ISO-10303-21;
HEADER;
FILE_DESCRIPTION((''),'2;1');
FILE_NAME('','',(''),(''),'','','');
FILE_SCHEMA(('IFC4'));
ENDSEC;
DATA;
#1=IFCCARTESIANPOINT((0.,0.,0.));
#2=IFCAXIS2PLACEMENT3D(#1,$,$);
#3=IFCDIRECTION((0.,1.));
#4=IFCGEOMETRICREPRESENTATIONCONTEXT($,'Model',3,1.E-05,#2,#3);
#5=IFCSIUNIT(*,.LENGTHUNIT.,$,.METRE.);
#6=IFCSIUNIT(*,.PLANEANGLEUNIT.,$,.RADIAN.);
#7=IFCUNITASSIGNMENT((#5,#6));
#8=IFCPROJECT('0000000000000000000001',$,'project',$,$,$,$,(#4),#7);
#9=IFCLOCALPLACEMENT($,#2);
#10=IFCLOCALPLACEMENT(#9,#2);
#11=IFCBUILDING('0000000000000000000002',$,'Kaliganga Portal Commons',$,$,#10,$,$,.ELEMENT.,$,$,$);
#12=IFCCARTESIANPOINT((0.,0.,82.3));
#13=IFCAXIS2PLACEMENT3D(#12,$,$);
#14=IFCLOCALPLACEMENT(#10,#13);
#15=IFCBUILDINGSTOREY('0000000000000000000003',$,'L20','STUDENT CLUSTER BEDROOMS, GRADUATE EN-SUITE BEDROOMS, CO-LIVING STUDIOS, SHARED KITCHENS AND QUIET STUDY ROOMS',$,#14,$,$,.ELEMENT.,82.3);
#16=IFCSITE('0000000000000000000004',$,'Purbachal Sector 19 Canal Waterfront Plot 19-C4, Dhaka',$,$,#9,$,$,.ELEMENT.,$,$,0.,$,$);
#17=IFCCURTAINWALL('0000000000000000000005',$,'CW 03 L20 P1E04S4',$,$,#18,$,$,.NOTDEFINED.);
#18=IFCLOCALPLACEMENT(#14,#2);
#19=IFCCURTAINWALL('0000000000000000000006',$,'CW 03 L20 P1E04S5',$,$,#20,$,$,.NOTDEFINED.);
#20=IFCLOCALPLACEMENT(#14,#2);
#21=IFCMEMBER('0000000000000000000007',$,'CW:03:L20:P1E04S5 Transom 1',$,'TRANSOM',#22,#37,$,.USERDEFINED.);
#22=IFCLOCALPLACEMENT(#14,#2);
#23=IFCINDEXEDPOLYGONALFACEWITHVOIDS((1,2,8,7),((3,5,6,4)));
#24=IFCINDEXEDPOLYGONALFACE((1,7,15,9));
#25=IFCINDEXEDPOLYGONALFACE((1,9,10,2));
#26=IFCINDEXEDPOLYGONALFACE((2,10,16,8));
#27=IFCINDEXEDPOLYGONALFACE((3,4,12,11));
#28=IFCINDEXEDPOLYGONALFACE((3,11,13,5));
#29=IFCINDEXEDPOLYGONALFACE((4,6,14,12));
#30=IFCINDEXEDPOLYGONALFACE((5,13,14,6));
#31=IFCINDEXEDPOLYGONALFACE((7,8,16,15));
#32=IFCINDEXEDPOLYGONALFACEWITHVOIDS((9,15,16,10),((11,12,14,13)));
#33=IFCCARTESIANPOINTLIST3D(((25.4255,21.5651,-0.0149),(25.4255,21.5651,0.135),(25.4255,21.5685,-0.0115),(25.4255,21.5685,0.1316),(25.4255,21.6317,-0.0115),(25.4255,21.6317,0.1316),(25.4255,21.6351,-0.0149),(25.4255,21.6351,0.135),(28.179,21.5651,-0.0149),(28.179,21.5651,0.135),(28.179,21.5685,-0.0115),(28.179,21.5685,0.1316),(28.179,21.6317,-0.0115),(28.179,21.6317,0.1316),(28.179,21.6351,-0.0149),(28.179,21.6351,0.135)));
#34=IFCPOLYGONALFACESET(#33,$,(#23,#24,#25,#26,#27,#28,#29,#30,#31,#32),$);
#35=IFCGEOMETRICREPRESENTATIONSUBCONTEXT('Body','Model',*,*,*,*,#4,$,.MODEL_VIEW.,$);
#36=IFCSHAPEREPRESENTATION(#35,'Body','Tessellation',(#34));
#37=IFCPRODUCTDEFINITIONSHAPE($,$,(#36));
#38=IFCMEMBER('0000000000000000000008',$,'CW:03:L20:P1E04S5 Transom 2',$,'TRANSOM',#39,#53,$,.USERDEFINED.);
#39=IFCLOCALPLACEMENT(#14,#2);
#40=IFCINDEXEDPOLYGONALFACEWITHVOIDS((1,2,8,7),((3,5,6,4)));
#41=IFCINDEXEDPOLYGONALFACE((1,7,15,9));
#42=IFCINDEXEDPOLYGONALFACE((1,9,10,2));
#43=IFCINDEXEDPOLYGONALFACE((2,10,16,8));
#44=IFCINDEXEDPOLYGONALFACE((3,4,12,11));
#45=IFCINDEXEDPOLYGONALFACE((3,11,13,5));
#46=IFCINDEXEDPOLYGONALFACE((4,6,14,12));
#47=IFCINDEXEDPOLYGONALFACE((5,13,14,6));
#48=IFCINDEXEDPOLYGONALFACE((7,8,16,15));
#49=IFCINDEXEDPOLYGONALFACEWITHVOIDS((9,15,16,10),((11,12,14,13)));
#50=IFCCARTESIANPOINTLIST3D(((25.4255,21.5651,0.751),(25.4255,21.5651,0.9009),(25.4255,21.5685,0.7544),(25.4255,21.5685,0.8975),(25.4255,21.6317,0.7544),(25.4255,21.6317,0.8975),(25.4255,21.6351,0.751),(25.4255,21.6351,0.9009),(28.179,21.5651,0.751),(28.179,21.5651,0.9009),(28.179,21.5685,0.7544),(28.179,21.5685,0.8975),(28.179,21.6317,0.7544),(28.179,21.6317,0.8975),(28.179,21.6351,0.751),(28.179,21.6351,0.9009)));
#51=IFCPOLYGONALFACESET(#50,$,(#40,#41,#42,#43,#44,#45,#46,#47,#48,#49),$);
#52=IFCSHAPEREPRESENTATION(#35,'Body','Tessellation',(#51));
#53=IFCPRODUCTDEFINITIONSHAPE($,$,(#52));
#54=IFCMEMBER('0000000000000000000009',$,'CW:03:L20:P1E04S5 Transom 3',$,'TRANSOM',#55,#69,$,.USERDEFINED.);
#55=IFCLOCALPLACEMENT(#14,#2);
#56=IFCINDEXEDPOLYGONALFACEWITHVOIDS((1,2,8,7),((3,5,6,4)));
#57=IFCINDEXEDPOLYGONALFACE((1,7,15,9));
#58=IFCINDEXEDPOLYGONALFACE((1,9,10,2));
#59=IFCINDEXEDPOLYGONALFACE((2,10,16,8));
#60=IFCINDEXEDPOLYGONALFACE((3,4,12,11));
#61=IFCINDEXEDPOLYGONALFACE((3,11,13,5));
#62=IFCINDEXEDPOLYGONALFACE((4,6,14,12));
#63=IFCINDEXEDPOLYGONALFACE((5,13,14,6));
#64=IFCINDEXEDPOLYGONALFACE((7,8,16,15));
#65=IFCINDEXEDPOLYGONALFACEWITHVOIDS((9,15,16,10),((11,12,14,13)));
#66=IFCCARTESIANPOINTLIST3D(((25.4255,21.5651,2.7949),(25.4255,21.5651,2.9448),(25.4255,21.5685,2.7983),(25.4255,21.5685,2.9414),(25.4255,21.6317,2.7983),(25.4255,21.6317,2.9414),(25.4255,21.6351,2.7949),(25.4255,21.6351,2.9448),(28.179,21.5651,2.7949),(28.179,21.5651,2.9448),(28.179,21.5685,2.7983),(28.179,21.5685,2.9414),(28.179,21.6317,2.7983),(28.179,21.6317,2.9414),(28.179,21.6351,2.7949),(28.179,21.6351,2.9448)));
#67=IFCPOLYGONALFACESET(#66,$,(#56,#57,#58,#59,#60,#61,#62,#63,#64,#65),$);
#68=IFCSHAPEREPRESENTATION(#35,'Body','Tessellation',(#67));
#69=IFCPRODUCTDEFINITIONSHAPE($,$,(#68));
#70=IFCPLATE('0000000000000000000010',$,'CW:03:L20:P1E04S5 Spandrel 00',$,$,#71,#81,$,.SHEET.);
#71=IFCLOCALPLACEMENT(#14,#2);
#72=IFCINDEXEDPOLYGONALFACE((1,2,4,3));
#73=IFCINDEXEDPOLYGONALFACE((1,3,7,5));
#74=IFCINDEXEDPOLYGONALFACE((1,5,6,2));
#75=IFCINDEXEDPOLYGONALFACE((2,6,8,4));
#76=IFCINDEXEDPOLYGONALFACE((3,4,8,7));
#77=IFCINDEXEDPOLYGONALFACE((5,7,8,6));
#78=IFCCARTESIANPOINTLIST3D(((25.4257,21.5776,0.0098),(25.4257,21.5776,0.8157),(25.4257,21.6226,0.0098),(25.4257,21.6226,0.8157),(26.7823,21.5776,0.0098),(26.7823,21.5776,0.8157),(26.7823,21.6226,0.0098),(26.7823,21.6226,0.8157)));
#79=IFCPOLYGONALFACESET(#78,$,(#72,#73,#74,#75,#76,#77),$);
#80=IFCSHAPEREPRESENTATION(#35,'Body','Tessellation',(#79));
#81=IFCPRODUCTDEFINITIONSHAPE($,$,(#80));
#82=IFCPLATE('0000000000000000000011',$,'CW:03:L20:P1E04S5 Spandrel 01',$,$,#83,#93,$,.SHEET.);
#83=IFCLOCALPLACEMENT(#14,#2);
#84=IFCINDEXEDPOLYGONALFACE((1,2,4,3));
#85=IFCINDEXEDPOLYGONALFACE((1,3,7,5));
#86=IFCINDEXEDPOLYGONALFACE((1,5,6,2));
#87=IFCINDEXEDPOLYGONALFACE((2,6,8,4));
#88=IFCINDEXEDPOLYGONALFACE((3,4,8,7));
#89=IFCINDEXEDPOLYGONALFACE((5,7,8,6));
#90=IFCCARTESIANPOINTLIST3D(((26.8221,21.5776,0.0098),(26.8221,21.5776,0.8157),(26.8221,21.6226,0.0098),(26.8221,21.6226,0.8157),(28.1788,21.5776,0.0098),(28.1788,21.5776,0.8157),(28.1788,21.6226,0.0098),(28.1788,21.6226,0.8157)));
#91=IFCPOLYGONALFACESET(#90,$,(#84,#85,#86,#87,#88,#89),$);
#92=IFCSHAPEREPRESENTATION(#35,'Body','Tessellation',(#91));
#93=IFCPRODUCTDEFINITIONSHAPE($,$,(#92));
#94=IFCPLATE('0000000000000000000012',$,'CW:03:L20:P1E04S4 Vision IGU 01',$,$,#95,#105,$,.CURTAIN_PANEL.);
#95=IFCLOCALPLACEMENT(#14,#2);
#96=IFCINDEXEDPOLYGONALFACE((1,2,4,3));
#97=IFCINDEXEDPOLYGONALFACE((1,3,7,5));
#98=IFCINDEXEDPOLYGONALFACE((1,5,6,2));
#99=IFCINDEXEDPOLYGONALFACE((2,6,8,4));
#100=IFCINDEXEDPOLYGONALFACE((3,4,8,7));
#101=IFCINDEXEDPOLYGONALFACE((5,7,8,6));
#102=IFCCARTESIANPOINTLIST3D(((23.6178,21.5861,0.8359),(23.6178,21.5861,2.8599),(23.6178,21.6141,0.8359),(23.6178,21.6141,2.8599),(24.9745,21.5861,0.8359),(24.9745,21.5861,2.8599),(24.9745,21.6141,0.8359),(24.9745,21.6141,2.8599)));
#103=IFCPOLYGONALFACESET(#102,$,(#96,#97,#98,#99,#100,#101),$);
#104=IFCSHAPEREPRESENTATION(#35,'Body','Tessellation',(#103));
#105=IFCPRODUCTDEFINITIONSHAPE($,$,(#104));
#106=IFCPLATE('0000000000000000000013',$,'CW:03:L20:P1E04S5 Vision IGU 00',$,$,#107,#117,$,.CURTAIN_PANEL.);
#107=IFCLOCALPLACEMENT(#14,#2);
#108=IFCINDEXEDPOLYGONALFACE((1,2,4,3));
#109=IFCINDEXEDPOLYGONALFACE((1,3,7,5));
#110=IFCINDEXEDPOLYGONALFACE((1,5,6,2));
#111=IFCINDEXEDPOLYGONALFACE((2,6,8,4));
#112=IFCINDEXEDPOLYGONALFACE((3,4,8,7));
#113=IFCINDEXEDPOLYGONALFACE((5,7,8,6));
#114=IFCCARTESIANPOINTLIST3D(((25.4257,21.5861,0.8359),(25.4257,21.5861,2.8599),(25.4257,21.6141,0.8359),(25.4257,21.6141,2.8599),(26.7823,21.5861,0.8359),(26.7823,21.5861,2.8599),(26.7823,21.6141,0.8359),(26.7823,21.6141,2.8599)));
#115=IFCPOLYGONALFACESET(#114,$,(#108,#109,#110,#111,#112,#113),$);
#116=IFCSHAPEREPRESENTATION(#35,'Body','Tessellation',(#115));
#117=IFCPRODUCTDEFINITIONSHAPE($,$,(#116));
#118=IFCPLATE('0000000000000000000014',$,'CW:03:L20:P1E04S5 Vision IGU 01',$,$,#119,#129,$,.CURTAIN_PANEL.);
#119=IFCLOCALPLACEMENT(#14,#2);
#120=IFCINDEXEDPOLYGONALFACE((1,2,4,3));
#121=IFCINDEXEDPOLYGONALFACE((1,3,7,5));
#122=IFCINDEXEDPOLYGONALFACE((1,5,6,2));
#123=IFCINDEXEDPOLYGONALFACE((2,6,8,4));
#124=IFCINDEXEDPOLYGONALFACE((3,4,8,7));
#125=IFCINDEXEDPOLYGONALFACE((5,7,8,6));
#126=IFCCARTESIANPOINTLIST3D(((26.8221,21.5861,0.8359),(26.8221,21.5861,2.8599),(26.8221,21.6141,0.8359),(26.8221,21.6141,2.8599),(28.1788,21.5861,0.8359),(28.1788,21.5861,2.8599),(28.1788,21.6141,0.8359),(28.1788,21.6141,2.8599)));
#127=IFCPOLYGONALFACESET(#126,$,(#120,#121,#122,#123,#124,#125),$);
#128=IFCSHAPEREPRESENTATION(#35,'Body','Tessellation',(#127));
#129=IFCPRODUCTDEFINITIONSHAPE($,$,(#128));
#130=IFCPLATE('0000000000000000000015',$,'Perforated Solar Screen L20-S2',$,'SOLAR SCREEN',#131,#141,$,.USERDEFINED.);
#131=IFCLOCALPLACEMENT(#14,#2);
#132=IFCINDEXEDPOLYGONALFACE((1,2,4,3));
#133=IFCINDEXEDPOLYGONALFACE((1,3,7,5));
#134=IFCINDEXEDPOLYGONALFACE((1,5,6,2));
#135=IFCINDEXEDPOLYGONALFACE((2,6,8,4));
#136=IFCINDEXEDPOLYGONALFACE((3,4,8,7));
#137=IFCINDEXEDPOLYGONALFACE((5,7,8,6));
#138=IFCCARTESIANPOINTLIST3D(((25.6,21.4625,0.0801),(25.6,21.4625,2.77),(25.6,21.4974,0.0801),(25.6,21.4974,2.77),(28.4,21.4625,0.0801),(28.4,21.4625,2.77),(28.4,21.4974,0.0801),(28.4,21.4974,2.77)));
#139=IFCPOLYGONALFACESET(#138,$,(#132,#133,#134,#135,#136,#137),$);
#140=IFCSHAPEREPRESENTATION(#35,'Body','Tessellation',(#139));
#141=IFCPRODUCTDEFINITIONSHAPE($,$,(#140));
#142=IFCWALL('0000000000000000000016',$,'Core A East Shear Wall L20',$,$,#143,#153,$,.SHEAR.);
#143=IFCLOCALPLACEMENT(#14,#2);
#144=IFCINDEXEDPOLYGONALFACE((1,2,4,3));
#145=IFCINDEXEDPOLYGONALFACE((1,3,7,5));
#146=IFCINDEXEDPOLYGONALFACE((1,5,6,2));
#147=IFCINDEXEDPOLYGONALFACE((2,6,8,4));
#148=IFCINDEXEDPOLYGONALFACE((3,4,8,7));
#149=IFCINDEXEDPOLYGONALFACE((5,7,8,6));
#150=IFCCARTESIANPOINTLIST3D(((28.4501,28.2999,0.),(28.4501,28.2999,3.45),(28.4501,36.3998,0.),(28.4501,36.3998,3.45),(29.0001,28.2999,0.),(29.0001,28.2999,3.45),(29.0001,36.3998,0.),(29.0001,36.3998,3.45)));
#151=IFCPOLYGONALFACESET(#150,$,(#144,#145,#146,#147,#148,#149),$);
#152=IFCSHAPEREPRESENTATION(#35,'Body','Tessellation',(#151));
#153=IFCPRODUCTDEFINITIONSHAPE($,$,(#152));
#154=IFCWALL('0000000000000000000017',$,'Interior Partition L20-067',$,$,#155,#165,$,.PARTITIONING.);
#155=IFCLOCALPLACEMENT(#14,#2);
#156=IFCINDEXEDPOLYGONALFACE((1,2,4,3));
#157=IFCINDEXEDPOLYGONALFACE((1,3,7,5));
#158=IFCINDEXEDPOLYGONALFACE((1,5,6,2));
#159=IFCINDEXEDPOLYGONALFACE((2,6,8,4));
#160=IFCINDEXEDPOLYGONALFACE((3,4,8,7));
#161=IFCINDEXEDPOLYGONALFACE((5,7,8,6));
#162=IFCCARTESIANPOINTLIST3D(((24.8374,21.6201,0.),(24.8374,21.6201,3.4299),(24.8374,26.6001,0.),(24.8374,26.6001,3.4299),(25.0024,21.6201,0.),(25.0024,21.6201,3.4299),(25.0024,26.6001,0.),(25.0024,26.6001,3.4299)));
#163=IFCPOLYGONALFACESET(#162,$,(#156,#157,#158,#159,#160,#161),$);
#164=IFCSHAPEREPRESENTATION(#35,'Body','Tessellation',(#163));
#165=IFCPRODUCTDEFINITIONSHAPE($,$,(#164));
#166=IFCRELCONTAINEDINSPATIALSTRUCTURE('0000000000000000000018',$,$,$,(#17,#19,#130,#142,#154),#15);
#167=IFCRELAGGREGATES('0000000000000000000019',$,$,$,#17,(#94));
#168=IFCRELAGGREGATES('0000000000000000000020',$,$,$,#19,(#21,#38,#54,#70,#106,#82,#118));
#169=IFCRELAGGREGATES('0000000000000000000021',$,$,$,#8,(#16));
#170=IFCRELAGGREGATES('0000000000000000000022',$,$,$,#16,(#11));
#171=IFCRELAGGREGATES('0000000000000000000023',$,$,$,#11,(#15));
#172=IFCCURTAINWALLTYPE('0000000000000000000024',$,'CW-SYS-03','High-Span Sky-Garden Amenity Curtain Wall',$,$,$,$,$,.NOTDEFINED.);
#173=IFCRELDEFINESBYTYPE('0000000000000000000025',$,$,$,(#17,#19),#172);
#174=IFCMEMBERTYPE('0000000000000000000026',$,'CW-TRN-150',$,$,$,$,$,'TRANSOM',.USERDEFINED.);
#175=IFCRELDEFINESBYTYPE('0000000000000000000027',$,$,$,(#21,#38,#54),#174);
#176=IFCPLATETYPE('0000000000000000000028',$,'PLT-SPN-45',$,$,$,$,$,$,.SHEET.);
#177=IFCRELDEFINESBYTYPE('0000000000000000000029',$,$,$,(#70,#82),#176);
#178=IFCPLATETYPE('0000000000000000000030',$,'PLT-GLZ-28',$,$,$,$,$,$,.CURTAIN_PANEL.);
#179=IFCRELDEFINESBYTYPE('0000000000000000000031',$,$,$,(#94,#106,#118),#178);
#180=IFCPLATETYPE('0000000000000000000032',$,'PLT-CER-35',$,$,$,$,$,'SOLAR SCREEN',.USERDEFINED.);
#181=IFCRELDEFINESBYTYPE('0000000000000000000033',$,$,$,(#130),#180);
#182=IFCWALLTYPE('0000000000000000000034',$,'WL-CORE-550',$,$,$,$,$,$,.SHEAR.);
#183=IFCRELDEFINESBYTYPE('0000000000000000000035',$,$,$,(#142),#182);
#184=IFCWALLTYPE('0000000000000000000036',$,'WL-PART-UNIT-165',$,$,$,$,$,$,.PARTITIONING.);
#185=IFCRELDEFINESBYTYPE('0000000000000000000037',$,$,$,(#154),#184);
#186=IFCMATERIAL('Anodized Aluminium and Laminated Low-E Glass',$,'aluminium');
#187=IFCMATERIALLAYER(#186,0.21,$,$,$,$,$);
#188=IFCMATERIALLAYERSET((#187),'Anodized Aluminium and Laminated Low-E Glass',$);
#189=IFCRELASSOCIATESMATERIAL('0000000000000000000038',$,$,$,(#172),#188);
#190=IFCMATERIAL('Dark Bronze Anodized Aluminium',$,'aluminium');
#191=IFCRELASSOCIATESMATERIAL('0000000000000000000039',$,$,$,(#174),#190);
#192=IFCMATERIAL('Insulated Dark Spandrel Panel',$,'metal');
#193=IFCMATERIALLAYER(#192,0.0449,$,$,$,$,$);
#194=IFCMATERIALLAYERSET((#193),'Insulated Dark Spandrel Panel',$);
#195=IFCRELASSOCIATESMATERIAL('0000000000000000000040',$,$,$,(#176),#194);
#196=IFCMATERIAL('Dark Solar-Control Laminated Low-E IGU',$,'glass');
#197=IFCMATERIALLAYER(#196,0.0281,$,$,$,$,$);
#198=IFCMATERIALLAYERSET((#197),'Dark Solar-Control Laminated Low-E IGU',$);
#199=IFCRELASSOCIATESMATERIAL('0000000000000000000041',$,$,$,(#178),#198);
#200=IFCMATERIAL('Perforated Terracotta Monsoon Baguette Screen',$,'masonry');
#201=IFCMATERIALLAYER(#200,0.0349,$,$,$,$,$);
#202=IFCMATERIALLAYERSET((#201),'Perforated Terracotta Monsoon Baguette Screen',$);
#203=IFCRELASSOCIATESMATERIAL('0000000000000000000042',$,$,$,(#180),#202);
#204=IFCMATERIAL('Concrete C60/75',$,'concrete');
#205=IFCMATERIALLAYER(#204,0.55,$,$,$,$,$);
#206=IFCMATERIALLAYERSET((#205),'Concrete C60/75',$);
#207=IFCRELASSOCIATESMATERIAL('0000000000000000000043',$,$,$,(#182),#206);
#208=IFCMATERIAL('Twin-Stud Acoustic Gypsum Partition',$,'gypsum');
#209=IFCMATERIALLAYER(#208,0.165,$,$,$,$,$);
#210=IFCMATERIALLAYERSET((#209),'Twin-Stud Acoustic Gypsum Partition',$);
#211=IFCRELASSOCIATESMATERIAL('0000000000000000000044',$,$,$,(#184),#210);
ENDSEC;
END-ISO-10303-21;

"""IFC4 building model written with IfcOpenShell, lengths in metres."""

from ifc_helpers import new_model, si_unit, direction, frame, frame_2d, origin, origin_2d, place, context, subcontext, project, spatial, rectangle, hollow_rectangle, extrude, source, transform, mapped, material, layer, layer_set, material_profile, profile_set, type_object, element, aggregate, save


model = new_model("IFC4")

# Units and contexts
model_context = context("Model", 3, precision=1e-05, world=origin(), true_north=direction((0.0, 1.0)))
body_context = subcontext(model_context, "Body", "Model", "MODEL_VIEW")
ifc_project = project(units=[si_unit("LENGTHUNIT", "METRE"), si_unit("PLANEANGLEUNIT", "RADIAN")], contexts=[model_context])

# Site, building, storey
site_placement = place(None, origin())
site = spatial("IfcSite", under=ifc_project, at=site_placement, Name="Purbachal Sector 19 Canal Waterfront Plot 19-C4, Dhaka", CompositionType="ELEMENT", RefElevation=0.0)
building_placement = place(site_placement, origin())
building = spatial("IfcBuilding", under=site, at=building_placement, Name="Kaliganga Portal Commons", CompositionType="ELEMENT")
storey_placement = place(building_placement, frame((0.0, 0.0, 82.3)))
storey = spatial("IfcBuildingStorey", under=building, at=storey_placement, Name="L20", Description="STUDENT CLUSTER BEDROOMS, GRADUATE EN-SUITE BEDROOMS, CO-LIVING STUDIOS, SHARED KITCHENS AND QUIET STUDY ROOMS", CompositionType="ELEMENT", Elevation=82.3)

# Shared definitions
ifc_material_1 = material(Name="Concrete C60/75", Category="concrete")

# Curtain wall
ifc_material_2 = material(Name="Anodized Aluminium and Laminated Low-E Glass", Category="aluminium")
ifc_layer_1 = layer(ifc_material_2, 0.21)
ifc_layer_set_1 = layer_set([ifc_layer_1], Name="Anodized Aluminium and Laminated Low-E Glass")
curtain_wall_type = type_object("IfcCurtainWallType", Name="CW-SYS-03", Description="High-Span Sky-Garden Amenity Curtain Wall", PredefinedType="NOTDEFINED", material=ifc_layer_set_1)
curtain_wall_1_placement = place(storey_placement, origin())
curtain_wall_1 = element("IfcCurtainWall", 1, at=curtain_wall_1_placement, inside=storey, type_object=curtain_wall_type, Name="CW 03 L20 P1E04S4", PredefinedType="NOTDEFINED")
ifc_material_3 = material(Name="Dark Bronze Anodized Aluminium", Category="aluminium")

# Curtain wall, members, plates
curtain_wall_2_placement = place(storey_placement, origin())
curtain_wall_2 = element("IfcCurtainWall", 2, at=curtain_wall_2_placement, inside=storey, type_object=curtain_wall_type, Name="CW 03 L20 P1E04S5", PredefinedType="NOTDEFINED")
ifc_material_profile_1 = material_profile(ifc_material_3, hollow_rectangle(XDim=0.0701, YDim=0.1499, WallThickness=0.0034, at=origin_2d()), Name="ALU TRAN 70x150x3.5")
ifc_profile_set_1 = profile_set([ifc_material_profile_1], Name="Dark Bronze Anodized Aluminium")
member_type_1 = type_object("IfcMemberType", Name="CW-TRN-150", ElementType="TRANSOM", PredefinedType="USERDEFINED", material=ifc_profile_set_1)
shared_shape_1 = source(origin(), body_context, "Body", "SweptSolid", [
    extrude(hollow_rectangle(XDim=0.0701, YDim=0.1499, WallThickness=0.0034, at=origin_2d()), origin(), (0.0, 0.0, 1.0), 2.7534),
])
member_1_placement = place(storey_placement, frame((25.4255, 21.6001, 0.0601), z_axis=(1.0, 0.0, 0.0), x_axis=(0.0, 1.0, 0.0)))
member_1 = element("IfcMember", 3, at=member_1_placement, type_object=member_type_1, Name="CW:03:L20:P1E04S5 Transom 1", ObjectType="TRANSOM", PredefinedType="USERDEFINED", context=body_context, shape_type="MappedRepresentation", body=[
    mapped(shared_shape_1, transform((0.0, 0.0, 0.0), x_axis=(1.0, 0.0, 0.0), y_axis=(0.0, 1.0, 0.0), z_axis=(0.0, 0.0, 1.0), scale=1.0)),
])
member_2_placement = place(storey_placement, frame((25.4255, 21.6001, 0.8259), z_axis=(1.0, 0.0, 0.0), x_axis=(0.0, 1.0, 0.0)))
member_2 = element("IfcMember", 4, at=member_2_placement, type_object=member_type_1, Name="CW:03:L20:P1E04S5 Transom 2", ObjectType="TRANSOM", PredefinedType="USERDEFINED", context=body_context, shape_type="MappedRepresentation", body=[
    mapped(shared_shape_1, transform((0.0, 0.0, 0.0), x_axis=(1.0, 0.0, 0.0), y_axis=(0.0, 1.0, 0.0), z_axis=(0.0, 0.0, 1.0), scale=1.0)),
])
member_3_placement = place(storey_placement, frame((25.4255, 21.6001, 2.8699), z_axis=(1.0, 0.0, 0.0), x_axis=(0.0, 1.0, 0.0)))
member_3 = element("IfcMember", 5, at=member_3_placement, type_object=member_type_1, Name="CW:03:L20:P1E04S5 Transom 3", ObjectType="TRANSOM", PredefinedType="USERDEFINED", context=body_context, shape_type="MappedRepresentation", body=[
    mapped(shared_shape_1, transform((0.0, 0.0, 0.0), x_axis=(1.0, 0.0, 0.0), y_axis=(0.0, 1.0, 0.0), z_axis=(0.0, 0.0, 1.0), scale=1.0)),
])
ifc_material_4 = material(Name="Insulated Dark Spandrel Panel", Category="metal")
ifc_layer_2 = layer(ifc_material_4, 0.0449)
ifc_layer_set_2 = layer_set([ifc_layer_2], Name="Insulated Dark Spandrel Panel")
plate_type_1 = type_object("IfcPlateType", Name="PLT-SPN-45", PredefinedType="SHEET", material=ifc_layer_set_2)
shared_shape_2 = source(origin(), body_context, "Body", "SweptSolid", [
    extrude(rectangle(XDim=1.3567, YDim=0.0449, at=origin_2d()), origin(), (0.0, 0.0, 1.0), 0.8059),
])
plate_1_placement = place(storey_placement, frame((26.104, 21.6001, 0.0098), z_axis=(0.0, 0.0, 1.0), x_axis=(1.0, 0.0, 0.0)))
plate_1 = element("IfcPlate", 6, at=plate_1_placement, type_object=plate_type_1, Name="CW:03:L20:P1E04S5 Spandrel 00", PredefinedType="SHEET", context=body_context, shape_type="MappedRepresentation", body=[
    mapped(shared_shape_2, transform((0.0, 0.0, 0.0), x_axis=(1.0, 0.0, 0.0), y_axis=(0.0, 1.0, 0.0), z_axis=(0.0, 0.0, 1.0), scale=1.0)),
])
plate_2_placement = place(storey_placement, frame((27.5005, 21.6001, 0.0098), z_axis=(0.0, 0.0, 1.0), x_axis=(1.0, 0.0, 0.0)))
plate_2 = element("IfcPlate", 7, at=plate_2_placement, type_object=plate_type_1, Name="CW:03:L20:P1E04S5 Spandrel 01", PredefinedType="SHEET", context=body_context, shape_type="MappedRepresentation", body=[
    mapped(shared_shape_2, transform((0.0, 0.0, 0.0), x_axis=(1.0, 0.0, 0.0), y_axis=(0.0, 1.0, 0.0), z_axis=(0.0, 0.0, 1.0), scale=1.0)),
])

# Plates
ifc_material_5 = material(Name="Dark Solar-Control Laminated Low-E IGU", Category="glass")
ifc_layer_3 = layer(ifc_material_5, 0.0281)
ifc_layer_set_3 = layer_set([ifc_layer_3], Name="Dark Solar-Control Laminated Low-E IGU")
plate_type_2 = type_object("IfcPlateType", Name="PLT-GLZ-28", PredefinedType="CURTAIN_PANEL", material=ifc_layer_set_3)
shared_shape_3 = source(origin(), body_context, "Body", "SweptSolid", [
    extrude(rectangle(XDim=1.3567, YDim=0.0281, at=origin_2d()), origin(), (0.0, 0.0, 1.0), 2.0239),
])
plate_3_placement = place(storey_placement, frame((24.2961, 21.6001, 0.8359), z_axis=(0.0, 0.0, 1.0), x_axis=(1.0, 0.0, 0.0)))
plate_3 = element("IfcPlate", 8, at=plate_3_placement, type_object=plate_type_2, Name="CW:03:L20:P1E04S4 Vision IGU 01", PredefinedType="CURTAIN_PANEL", context=body_context, shape_type="MappedRepresentation", body=[
    mapped(shared_shape_3, transform((0.0, 0.0, 0.0), x_axis=(1.0, 0.0, 0.0), y_axis=(0.0, 1.0, 0.0), z_axis=(0.0, 0.0, 1.0), scale=1.0)),
])
aggregate(curtain_wall_1, [plate_3])
plate_4_placement = place(storey_placement, frame((26.104, 21.6001, 0.8359), z_axis=(0.0, 0.0, 1.0), x_axis=(1.0, 0.0, 0.0)))
plate_4 = element("IfcPlate", 9, at=plate_4_placement, type_object=plate_type_2, Name="CW:03:L20:P1E04S5 Vision IGU 00", PredefinedType="CURTAIN_PANEL", context=body_context, shape_type="MappedRepresentation", body=[
    mapped(shared_shape_3, transform((0.0, 0.0, 0.0), x_axis=(1.0, 0.0, 0.0), y_axis=(0.0, 1.0, 0.0), z_axis=(0.0, 0.0, 1.0), scale=1.0)),
])
plate_5_placement = place(storey_placement, frame((27.5005, 21.6001, 0.8359), z_axis=(0.0, 0.0, 1.0), x_axis=(1.0, 0.0, 0.0)))
plate_5 = element("IfcPlate", 10, at=plate_5_placement, type_object=plate_type_2, Name="CW:03:L20:P1E04S5 Vision IGU 01", PredefinedType="CURTAIN_PANEL", context=body_context, shape_type="MappedRepresentation", body=[
    mapped(shared_shape_3, transform((0.0, 0.0, 0.0), x_axis=(1.0, 0.0, 0.0), y_axis=(0.0, 1.0, 0.0), z_axis=(0.0, 0.0, 1.0), scale=1.0)),
])
aggregate(curtain_wall_2, [member_1, member_2, member_3, plate_1, plate_4, plate_2, plate_5])
ifc_material_6 = material(Name="Perforated Terracotta Monsoon Baguette Screen", Category="masonry")
ifc_layer_4 = layer(ifc_material_6, 0.0349)
ifc_layer_set_4 = layer_set([ifc_layer_4], Name="Perforated Terracotta Monsoon Baguette Screen")
plate_type_3 = type_object("IfcPlateType", Name="PLT-CER-35", ElementType="SOLAR SCREEN", PredefinedType="USERDEFINED", material=ifc_layer_set_4)
shared_shape_4 = source(origin(), body_context, "Body", "SweptSolid", [
    extrude(rectangle(XDim=2.8, YDim=0.0349, at=origin_2d()), origin(), (0.0, 0.0, 1.0), 2.6899),
])
plate_6_placement = place(storey_placement, frame((27.0, 21.48, 0.0801), z_axis=(0.0, 0.0, 1.0), x_axis=(1.0, 0.0, 0.0)))
element("IfcPlate", 11, at=plate_6_placement, inside=storey, type_object=plate_type_3, Name="Perforated Solar Screen L20-S2", ObjectType="SOLAR SCREEN", PredefinedType="USERDEFINED", context=body_context, shape_type="MappedRepresentation", body=[
    mapped(shared_shape_4, transform((0.0, 0.0, 0.0), x_axis=(1.0, 0.0, 0.0), y_axis=(0.0, 1.0, 0.0), z_axis=(0.0, 0.0, 1.0), scale=1.0)),
])

# Wall
ifc_layer_5 = layer(ifc_material_1, 0.55)
ifc_layer_set_5 = layer_set([ifc_layer_5], Name="Concrete C60/75")
wall_type_1 = type_object("IfcWallType", Name="WL-CORE-550", PredefinedType="SHEAR", material=ifc_layer_set_5)
wall_1_placement = place(storey_placement, frame((28.7251, 28.3, 0.0), z_axis=(0.0, 0.0, 1.0), x_axis=(0.0, 1.0, 0.0)))
element("IfcWall", 12, at=wall_1_placement, inside=storey, type_object=wall_type_1, Name="Core A East Shear Wall L20", PredefinedType="SHEAR", context=body_context, shape_type="SweptSolid", body=[
    extrude(rectangle(XDim=8.0999, YDim=0.55, at=frame_2d((4.0498, 0.0))), origin(), (0.0, 0.0, 1.0), 3.45),
])

# Wall
ifc_material_7 = material(Name="Twin-Stud Acoustic Gypsum Partition", Category="gypsum")
ifc_layer_6 = layer(ifc_material_7, 0.165)
ifc_layer_set_6 = layer_set([ifc_layer_6], Name="Twin-Stud Acoustic Gypsum Partition")
wall_type_2 = type_object("IfcWallType", Name="WL-PART-UNIT-165", PredefinedType="PARTITIONING", material=ifc_layer_set_6)
wall_2_placement = place(storey_placement, frame((24.9199, 21.6201, 0.0), z_axis=(0.0, 0.0, 1.0), x_axis=(0.0, 1.0, 0.0)))
element("IfcWall", 13, at=wall_2_placement, inside=storey, type_object=wall_type_2, Name="Interior Partition L20-067", PredefinedType="PARTITIONING", context=body_context, shape_type="SweptSolid", body=[
    extrude(rectangle(XDim=4.98, YDim=0.165, at=frame_2d((2.49, 0.0))), origin(), (0.0, 0.0, 1.0), 3.4299),
])

save(model, "model.ifc")
